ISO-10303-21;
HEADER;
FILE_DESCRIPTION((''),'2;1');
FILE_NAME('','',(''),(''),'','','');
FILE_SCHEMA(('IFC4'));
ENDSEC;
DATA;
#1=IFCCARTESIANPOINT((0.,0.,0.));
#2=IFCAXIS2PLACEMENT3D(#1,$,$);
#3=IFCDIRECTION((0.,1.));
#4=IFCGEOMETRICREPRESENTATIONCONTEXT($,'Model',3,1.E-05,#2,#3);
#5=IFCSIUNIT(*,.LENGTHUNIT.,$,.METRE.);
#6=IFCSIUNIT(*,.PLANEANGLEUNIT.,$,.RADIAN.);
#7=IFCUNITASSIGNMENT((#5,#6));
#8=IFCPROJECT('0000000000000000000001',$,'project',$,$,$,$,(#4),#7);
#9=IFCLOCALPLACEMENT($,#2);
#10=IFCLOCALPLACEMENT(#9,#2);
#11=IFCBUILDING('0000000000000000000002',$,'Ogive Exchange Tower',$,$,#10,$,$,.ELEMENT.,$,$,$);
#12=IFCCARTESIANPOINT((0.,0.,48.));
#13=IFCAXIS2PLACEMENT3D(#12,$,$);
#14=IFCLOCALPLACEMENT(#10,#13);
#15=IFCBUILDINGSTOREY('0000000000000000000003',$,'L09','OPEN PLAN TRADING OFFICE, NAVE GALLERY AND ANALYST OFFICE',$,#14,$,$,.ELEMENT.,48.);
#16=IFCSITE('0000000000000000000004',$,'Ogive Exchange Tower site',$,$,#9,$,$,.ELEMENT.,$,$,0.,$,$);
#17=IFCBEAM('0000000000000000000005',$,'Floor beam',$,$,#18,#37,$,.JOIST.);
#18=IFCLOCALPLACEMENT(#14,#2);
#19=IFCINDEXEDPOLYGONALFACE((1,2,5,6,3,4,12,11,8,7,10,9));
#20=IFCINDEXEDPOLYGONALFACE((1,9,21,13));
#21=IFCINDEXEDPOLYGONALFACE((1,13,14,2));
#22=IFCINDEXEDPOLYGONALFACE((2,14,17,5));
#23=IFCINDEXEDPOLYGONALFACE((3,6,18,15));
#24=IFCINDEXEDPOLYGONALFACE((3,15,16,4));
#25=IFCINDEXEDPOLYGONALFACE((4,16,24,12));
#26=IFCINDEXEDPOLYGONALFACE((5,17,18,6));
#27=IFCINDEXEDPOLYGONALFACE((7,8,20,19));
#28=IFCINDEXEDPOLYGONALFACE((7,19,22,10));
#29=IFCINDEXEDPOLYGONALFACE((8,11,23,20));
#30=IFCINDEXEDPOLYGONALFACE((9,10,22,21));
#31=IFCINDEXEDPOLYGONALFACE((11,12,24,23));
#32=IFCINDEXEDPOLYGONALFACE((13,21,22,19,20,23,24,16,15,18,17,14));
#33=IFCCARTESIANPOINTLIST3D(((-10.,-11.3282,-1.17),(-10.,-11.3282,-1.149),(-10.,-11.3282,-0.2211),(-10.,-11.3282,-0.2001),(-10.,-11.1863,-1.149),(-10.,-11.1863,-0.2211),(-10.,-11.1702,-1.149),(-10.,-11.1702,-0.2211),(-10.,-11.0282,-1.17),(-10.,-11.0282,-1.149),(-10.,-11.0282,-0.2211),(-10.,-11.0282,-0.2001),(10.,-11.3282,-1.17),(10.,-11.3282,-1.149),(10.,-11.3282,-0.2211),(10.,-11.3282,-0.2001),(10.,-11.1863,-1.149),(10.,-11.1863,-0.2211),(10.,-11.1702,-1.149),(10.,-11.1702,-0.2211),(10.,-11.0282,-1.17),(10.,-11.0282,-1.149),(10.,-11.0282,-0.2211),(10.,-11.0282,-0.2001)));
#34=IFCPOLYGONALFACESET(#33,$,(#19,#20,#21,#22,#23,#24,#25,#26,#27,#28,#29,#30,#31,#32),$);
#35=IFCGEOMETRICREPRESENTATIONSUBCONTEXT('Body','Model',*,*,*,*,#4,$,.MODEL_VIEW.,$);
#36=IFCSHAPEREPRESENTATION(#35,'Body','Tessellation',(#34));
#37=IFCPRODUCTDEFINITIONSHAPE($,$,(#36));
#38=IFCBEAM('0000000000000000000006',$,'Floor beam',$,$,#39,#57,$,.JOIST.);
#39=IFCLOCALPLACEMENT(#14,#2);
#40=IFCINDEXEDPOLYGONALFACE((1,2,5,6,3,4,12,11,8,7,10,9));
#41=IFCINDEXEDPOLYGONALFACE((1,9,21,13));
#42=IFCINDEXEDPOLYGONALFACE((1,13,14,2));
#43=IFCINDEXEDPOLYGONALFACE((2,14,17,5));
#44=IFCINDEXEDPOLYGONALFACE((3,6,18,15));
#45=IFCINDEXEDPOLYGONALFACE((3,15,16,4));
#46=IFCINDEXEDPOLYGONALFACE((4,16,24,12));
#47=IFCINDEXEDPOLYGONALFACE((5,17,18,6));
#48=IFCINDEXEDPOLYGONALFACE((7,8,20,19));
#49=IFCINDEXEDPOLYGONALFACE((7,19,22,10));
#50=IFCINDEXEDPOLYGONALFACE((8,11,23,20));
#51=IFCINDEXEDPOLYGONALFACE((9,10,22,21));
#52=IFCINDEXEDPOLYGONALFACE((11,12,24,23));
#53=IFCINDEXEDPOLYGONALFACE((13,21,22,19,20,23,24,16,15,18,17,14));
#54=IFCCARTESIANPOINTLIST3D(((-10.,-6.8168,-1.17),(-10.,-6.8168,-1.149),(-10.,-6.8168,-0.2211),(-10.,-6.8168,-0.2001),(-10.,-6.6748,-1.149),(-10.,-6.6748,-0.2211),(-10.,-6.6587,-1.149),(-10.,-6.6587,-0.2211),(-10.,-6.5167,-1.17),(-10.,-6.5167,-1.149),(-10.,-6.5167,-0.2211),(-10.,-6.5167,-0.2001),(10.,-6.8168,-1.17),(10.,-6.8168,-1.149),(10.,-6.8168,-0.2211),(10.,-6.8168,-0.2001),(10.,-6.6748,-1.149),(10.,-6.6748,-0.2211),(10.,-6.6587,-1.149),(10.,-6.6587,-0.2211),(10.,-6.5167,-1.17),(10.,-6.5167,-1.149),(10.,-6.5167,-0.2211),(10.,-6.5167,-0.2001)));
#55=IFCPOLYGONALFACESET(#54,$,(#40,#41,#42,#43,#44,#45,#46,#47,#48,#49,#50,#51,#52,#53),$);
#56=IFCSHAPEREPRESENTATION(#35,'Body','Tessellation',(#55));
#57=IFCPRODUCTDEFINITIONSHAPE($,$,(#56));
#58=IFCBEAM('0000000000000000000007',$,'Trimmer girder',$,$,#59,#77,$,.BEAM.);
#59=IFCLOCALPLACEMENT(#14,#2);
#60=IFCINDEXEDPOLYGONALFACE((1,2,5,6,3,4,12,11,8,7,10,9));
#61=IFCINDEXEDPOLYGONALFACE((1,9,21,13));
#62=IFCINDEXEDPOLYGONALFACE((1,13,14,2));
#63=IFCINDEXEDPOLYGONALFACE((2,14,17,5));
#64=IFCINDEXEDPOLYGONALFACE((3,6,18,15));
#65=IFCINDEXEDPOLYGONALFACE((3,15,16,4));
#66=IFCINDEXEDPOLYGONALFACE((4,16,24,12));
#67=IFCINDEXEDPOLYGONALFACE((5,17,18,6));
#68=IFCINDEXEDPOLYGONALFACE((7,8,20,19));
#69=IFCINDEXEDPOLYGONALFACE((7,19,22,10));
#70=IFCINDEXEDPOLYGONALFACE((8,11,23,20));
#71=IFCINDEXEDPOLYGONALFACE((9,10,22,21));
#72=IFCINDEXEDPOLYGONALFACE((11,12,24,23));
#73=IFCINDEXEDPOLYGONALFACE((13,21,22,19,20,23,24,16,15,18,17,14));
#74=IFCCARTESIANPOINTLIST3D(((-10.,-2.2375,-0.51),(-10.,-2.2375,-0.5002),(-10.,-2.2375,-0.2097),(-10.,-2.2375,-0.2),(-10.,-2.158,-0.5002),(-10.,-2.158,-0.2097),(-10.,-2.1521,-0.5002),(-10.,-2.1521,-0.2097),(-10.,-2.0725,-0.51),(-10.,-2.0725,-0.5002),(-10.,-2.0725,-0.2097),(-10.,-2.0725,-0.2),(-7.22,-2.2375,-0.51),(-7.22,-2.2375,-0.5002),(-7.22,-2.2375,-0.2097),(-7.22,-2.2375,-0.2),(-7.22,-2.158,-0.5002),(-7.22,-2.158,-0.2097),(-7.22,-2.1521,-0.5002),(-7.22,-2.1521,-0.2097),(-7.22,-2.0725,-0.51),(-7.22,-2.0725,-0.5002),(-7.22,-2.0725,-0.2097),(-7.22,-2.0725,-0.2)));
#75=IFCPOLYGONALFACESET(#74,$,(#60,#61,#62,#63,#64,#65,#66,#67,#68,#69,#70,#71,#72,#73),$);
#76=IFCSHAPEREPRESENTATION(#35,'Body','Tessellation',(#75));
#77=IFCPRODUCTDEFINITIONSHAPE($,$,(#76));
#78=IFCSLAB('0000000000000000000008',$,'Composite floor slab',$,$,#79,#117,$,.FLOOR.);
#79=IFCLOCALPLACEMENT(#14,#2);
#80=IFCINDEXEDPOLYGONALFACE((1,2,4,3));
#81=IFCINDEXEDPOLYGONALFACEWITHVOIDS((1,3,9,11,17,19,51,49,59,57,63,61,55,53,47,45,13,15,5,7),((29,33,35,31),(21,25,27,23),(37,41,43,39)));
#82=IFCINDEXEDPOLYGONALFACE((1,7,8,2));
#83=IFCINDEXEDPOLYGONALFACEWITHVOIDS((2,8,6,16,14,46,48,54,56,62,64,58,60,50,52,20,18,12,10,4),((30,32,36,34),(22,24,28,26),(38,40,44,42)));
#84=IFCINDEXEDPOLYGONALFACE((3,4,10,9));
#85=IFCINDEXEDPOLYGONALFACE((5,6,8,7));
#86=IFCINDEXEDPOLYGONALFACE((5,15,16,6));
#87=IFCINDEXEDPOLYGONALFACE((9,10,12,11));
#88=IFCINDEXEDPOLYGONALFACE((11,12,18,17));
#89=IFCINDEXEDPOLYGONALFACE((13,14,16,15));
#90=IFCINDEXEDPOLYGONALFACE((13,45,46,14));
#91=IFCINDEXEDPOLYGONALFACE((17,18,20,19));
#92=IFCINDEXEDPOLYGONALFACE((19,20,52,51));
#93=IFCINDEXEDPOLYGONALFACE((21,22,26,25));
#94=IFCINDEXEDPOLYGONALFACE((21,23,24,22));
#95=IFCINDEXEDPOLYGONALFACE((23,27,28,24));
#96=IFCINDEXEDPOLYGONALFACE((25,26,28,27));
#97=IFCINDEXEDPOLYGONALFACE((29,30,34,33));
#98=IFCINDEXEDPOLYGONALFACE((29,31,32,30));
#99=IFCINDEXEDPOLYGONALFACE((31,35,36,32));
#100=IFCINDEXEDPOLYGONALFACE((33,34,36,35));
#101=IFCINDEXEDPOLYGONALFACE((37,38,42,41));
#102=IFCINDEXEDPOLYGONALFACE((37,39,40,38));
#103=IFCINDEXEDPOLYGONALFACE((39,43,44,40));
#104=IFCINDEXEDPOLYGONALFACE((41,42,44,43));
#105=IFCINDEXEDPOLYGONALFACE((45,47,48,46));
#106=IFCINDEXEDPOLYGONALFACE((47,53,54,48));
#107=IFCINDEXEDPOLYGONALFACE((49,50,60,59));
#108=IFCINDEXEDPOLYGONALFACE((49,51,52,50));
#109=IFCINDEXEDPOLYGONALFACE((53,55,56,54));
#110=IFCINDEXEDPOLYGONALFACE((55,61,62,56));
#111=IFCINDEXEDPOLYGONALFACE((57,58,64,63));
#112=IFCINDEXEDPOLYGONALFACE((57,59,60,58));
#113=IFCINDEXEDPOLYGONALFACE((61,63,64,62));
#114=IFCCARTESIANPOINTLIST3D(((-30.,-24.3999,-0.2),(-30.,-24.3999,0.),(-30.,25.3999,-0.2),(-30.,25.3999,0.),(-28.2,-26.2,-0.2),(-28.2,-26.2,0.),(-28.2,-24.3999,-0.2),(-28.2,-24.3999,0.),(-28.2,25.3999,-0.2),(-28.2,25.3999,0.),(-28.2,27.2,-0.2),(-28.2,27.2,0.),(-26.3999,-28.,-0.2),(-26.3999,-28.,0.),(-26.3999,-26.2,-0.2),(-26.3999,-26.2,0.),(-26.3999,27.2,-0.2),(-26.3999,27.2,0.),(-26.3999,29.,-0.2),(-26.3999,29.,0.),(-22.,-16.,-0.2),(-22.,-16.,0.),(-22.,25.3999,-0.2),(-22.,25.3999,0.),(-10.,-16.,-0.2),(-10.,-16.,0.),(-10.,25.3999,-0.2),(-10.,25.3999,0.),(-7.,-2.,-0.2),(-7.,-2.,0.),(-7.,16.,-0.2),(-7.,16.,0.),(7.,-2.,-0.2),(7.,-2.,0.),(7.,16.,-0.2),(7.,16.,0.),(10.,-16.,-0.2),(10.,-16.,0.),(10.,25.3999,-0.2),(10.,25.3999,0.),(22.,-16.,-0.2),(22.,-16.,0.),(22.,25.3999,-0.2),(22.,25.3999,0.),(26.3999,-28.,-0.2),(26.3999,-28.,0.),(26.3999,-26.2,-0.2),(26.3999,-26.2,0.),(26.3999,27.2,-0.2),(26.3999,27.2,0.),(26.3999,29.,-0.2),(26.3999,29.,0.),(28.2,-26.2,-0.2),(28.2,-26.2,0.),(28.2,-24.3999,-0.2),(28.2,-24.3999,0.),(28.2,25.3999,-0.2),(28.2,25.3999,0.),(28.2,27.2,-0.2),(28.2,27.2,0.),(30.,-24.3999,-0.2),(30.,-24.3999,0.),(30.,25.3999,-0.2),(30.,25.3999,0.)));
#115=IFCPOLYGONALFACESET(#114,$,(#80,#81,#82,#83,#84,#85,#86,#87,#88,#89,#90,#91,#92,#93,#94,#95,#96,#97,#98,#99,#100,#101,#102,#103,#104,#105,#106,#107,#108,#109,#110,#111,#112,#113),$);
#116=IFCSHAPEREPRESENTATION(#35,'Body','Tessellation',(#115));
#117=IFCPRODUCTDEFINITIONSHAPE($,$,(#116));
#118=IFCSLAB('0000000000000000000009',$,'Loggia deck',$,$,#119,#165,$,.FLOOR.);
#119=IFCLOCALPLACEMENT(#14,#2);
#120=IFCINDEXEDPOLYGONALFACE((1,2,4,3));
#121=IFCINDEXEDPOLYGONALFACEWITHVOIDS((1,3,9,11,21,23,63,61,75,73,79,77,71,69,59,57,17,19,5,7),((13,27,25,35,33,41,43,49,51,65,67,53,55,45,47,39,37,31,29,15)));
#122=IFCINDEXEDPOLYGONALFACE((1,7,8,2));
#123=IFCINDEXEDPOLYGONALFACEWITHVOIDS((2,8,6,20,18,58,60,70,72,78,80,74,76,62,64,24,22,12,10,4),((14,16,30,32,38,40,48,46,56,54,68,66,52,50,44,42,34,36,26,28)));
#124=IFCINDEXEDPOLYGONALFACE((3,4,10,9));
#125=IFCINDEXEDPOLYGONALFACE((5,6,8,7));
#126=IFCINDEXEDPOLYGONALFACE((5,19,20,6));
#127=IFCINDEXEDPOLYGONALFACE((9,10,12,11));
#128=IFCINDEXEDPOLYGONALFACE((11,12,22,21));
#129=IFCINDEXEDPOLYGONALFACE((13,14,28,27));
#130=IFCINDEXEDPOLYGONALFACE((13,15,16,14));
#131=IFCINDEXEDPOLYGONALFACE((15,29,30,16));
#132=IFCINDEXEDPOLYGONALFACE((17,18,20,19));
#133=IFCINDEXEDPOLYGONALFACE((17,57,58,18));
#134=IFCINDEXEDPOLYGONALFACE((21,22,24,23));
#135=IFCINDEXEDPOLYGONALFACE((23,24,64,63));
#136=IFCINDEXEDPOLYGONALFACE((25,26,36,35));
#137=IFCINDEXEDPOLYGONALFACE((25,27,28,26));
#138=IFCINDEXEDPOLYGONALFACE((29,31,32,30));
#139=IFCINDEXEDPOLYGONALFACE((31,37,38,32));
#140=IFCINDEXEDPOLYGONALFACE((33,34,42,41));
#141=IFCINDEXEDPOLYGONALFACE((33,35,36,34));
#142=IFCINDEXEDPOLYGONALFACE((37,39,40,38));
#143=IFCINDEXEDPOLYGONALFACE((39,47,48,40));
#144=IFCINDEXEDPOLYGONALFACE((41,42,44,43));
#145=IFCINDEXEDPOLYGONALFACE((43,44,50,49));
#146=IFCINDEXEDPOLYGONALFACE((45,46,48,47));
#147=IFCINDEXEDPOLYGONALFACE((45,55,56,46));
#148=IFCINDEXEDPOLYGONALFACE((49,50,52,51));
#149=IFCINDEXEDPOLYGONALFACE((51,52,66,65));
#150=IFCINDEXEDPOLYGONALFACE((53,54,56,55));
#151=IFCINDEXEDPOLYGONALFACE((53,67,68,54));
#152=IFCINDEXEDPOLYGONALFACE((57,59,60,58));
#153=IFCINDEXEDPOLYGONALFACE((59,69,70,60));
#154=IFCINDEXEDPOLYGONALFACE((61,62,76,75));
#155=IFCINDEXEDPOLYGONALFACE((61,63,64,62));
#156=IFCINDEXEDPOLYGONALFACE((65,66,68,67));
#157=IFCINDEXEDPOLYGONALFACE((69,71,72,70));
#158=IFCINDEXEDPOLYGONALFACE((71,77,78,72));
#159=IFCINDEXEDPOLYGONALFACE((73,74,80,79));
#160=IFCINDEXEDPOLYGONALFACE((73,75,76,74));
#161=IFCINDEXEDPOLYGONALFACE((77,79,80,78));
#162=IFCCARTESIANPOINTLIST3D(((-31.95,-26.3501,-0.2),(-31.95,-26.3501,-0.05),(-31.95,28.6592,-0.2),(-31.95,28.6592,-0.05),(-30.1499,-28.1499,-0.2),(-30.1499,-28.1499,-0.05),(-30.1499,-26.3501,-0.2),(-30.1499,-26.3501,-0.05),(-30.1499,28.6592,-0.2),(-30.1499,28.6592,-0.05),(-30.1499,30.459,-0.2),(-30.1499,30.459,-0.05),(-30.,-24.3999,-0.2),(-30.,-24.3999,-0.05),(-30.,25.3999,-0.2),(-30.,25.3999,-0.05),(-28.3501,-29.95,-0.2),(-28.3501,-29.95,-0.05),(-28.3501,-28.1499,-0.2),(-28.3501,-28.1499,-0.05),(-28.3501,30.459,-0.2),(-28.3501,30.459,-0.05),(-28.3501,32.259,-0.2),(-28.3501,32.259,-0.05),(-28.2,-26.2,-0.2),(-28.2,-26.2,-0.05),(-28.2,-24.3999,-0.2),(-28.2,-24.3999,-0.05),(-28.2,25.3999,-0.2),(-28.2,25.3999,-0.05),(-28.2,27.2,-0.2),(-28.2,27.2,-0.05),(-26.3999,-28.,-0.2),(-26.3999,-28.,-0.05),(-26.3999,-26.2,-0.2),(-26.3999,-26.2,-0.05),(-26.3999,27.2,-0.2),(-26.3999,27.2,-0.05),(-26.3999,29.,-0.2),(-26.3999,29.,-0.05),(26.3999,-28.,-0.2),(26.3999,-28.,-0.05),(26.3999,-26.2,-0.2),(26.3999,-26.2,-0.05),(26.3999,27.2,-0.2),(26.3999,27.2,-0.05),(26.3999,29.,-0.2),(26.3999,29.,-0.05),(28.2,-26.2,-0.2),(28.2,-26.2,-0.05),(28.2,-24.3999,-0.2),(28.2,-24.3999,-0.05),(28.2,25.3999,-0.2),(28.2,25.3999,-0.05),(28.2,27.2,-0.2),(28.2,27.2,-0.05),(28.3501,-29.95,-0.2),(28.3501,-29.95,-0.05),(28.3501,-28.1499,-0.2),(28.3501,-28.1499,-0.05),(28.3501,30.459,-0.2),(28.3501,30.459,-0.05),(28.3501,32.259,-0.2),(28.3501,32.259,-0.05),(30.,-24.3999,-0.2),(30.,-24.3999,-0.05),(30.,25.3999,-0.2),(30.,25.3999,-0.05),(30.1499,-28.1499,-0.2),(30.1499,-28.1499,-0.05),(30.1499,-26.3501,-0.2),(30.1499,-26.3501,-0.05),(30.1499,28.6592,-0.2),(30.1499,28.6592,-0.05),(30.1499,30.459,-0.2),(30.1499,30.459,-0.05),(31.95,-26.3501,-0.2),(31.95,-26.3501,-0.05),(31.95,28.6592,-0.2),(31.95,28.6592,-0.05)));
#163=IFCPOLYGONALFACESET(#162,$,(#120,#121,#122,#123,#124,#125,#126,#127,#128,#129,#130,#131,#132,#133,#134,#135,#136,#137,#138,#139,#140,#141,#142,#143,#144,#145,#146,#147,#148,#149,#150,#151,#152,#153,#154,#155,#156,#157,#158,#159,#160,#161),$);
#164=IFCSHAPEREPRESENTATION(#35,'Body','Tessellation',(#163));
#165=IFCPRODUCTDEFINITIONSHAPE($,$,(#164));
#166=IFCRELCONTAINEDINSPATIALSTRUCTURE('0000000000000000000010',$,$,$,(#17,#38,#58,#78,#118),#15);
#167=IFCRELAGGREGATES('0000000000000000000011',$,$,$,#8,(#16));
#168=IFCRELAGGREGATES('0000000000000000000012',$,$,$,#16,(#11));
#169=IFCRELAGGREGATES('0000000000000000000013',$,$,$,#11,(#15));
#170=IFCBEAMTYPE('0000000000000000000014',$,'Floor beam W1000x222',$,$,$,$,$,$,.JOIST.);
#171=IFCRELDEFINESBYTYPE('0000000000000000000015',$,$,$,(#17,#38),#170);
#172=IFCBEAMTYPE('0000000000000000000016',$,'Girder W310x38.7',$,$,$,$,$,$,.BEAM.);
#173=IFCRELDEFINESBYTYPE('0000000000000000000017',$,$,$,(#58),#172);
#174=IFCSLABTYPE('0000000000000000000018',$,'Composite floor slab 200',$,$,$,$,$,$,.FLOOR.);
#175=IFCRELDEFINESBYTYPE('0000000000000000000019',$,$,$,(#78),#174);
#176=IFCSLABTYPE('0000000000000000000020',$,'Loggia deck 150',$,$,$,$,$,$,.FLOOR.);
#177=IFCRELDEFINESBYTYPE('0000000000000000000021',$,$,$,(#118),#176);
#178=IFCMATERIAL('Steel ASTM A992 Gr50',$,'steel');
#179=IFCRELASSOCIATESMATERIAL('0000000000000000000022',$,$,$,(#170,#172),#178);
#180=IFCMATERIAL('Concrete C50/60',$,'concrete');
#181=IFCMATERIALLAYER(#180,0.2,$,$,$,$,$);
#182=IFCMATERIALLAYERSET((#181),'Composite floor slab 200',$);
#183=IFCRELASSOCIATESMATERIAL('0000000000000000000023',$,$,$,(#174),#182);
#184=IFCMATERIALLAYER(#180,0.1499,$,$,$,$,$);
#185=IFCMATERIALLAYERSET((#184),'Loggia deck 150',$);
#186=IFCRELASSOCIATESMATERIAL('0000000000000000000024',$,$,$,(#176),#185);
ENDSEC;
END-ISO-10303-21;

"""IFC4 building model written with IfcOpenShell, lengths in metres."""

from ifc_helpers import new_model, si_unit, direction, frame, origin, origin_2d, place, context, subcontext, project, spatial, polyline, i_section, outline, extrude, material, layer, layer_set, material_profile, profile_set, type_object, element, save


model = new_model("IFC4")

# Units and contexts
model_context = context("Model", 3, precision=1e-05, world=origin(), true_north=direction((0.0, 1.0)))
body_context = subcontext(model_context, "Body", "Model", "MODEL_VIEW")
ifc_project = project(units=[si_unit("LENGTHUNIT", "METRE"), si_unit("PLANEANGLEUNIT", "RADIAN")], contexts=[model_context])

# Site, building, storey
site_placement = place(None, origin())
site = spatial("IfcSite", under=ifc_project, at=site_placement, Name="Ogive Exchange Tower site", CompositionType="ELEMENT", RefElevation=0.0)
building_placement = place(site_placement, origin())
building = spatial("IfcBuilding", under=site, at=building_placement, Name="Ogive Exchange Tower", CompositionType="ELEMENT")
storey_placement = place(building_placement, frame((0.0, 0.0, 48.0)))
storey = spatial("IfcBuildingStorey", under=building, at=storey_placement, Name="L09", Description="OPEN PLAN TRADING OFFICE, NAVE GALLERY AND ANALYST OFFICE", CompositionType="ELEMENT", Elevation=48.0)

# Beams
ifc_material_1 = material(Name="Steel ASTM A992 Gr50", Category="steel")
ifc_material_profile_1 = material_profile(ifc_material_1, i_section(OverallWidth=0.3, OverallDepth=0.97, WebThickness=0.0161, FlangeThickness=0.021, at=origin_2d()), Name="W1000x222")
ifc_profile_set_1 = profile_set([ifc_material_profile_1], Name="Steel ASTM A992 Gr50")
beam_type_1 = type_object("IfcBeamType", Name="Floor beam W1000x222", PredefinedType="JOIST", material=ifc_profile_set_1)
for number, where, z_axis, x_axis, name in (
    (1, (-10.0, -11.1782, -0.6851), (1.0, 0.0, 0.0), (0.0, 1.0, 0.0), "Floor beam"),
    (2, (-10.0, -6.6667, -0.6851), (1.0, 0.0, 0.0), (0.0, 1.0, 0.0), "Floor beam"),
):
    element("IfcBeam", number, at=place(storey_placement, frame(where, z_axis=z_axis, x_axis=x_axis)), inside=storey, type_object=beam_type_1, Name=name, PredefinedType="JOIST", context=body_context, shape_type="SweptSolid", body=[
        extrude(i_section(OverallWidth=0.3, OverallDepth=0.97, WebThickness=0.0161, FlangeThickness=0.021, at=origin_2d()), origin(), (0.0, 0.0, 1.0), 20.0),
    ])
ifc_material_profile_2 = material_profile(ifc_material_1, i_section(OverallWidth=0.165, OverallDepth=0.3101, WebThickness=0.0059, FlangeThickness=0.0098, at=origin_2d()), Name="W310x38.7")
ifc_profile_set_2 = profile_set([ifc_material_profile_2], Name="Steel ASTM A992 Gr50")
beam_type_2 = type_object("IfcBeamType", Name="Girder W310x38.7", PredefinedType="BEAM", material=ifc_profile_set_2)
beam_placement = place(storey_placement, frame((-10.0, -2.155, -0.355), z_axis=(1.0, 0.0, 0.0), x_axis=(0.0, 1.0, 0.0)))
element("IfcBeam", 3, at=beam_placement, inside=storey, type_object=beam_type_2, Name="Trimmer girder", PredefinedType="BEAM", context=body_context, shape_type="SweptSolid", body=[
    extrude(i_section(OverallWidth=0.165, OverallDepth=0.3101, WebThickness=0.0059, FlangeThickness=0.0098, at=origin_2d()), origin(), (0.0, 0.0, 1.0), 2.78),
])

# Slabs
ifc_material_2 = material(Name="Concrete C50/60", Category="concrete")
ifc_layer_1 = layer(ifc_material_2, 0.2)
ifc_layer_set_1 = layer_set([ifc_layer_1], Name="Composite floor slab 200")
slab_type_1 = type_object("IfcSlabType", Name="Composite floor slab 200", PredefinedType="FLOOR", material=ifc_layer_set_1)
slab_1_placement = place(storey_placement, frame((0.0, 0.0, -0.2)))
element("IfcSlab", 4, at=slab_1_placement, inside=storey, type_object=slab_type_1, Name="Composite floor slab", PredefinedType="FLOOR", context=body_context, shape_type="SweptSolid", body=[
    extrude(outline(polyline([(-26.3999, -26.2), (-28.2, -26.2), (-28.2, -24.3999), (-30.0, -24.3999), (-30.0, 25.3999), (-28.2, 25.3999), (-28.2, 27.2), (-26.3999, 27.2), (-26.3999, 29.0), (26.3999, 29.0), (26.3999, 27.2), (28.2, 27.2), (28.2, 25.3999), (30.0, 25.3999), (30.0, -24.3999), (28.2, -24.3999), (28.2, -26.2), (26.3999, -26.2), (26.3999, -28.0), (-26.3999, -28.0), (-26.3999, -26.2)]), holes=[polyline([(-10.0, -16.0), (-10.0, 25.3999), (-22.0, 25.3999), (-22.0, -16.0), (-10.0, -16.0)]), polyline([(10.0, -16.0), (22.0, -16.0), (22.0, 25.3999), (10.0, 25.3999), (10.0, -16.0)]), polyline([(-7.0, -2.0), (7.0, -2.0), (7.0, 16.0), (-7.0, 16.0), (-7.0, -2.0)])]), origin(), (0.0, 0.0, 1.0), 0.2),
])
ifc_layer_2 = layer(ifc_material_2, 0.1499)
ifc_layer_set_2 = layer_set([ifc_layer_2], Name="Loggia deck 150")
slab_type_2 = type_object("IfcSlabType", Name="Loggia deck 150", PredefinedType="FLOOR", material=ifc_layer_set_2)
slab_2_placement = place(storey_placement, frame((0.0, 0.0, -0.2)))
element("IfcSlab", 5, at=slab_2_placement, inside=storey, type_object=slab_type_2, Name="Loggia deck", PredefinedType="FLOOR", context=body_context, shape_type="SweptSolid", body=[
    extrude(outline(polyline([(-28.3501, -28.1499), (-30.1499, -28.1499), (-30.1499, -26.3501), (-31.95, -26.3501), (-31.95, 28.6592), (-30.1499, 28.6592), (-30.1499, 30.459), (-28.3501, 30.459), (-28.3501, 32.259), (28.3501, 32.259), (28.3501, 30.459), (30.1499, 30.459), (30.1499, 28.6592), (31.95, 28.6592), (31.95, -26.3501), (30.1499, -26.3501), (30.1499, -28.1499), (28.3501, -28.1499), (28.3501, -29.95), (-28.3501, -29.95), (-28.3501, -28.1499)]), holes=[polyline([(26.3999, -26.2), (28.2, -26.2), (28.2, -24.3999), (30.0, -24.3999), (30.0, 25.3999), (28.2, 25.3999), (28.2, 27.2), (26.3999, 27.2), (26.3999, 29.0), (-26.3999, 29.0), (-26.3999, 27.2), (-28.2, 27.2), (-28.2, 25.3999), (-30.0, 25.3999), (-30.0, -24.3999), (-28.2, -24.3999), (-28.2, -26.2), (-26.3999, -26.2), (-26.3999, -28.0), (26.3999, -28.0), (26.3999, -26.2)])]), origin(), (0.0, 0.0, 1.0), 0.1499),
])

save(model, "model.ifc")
